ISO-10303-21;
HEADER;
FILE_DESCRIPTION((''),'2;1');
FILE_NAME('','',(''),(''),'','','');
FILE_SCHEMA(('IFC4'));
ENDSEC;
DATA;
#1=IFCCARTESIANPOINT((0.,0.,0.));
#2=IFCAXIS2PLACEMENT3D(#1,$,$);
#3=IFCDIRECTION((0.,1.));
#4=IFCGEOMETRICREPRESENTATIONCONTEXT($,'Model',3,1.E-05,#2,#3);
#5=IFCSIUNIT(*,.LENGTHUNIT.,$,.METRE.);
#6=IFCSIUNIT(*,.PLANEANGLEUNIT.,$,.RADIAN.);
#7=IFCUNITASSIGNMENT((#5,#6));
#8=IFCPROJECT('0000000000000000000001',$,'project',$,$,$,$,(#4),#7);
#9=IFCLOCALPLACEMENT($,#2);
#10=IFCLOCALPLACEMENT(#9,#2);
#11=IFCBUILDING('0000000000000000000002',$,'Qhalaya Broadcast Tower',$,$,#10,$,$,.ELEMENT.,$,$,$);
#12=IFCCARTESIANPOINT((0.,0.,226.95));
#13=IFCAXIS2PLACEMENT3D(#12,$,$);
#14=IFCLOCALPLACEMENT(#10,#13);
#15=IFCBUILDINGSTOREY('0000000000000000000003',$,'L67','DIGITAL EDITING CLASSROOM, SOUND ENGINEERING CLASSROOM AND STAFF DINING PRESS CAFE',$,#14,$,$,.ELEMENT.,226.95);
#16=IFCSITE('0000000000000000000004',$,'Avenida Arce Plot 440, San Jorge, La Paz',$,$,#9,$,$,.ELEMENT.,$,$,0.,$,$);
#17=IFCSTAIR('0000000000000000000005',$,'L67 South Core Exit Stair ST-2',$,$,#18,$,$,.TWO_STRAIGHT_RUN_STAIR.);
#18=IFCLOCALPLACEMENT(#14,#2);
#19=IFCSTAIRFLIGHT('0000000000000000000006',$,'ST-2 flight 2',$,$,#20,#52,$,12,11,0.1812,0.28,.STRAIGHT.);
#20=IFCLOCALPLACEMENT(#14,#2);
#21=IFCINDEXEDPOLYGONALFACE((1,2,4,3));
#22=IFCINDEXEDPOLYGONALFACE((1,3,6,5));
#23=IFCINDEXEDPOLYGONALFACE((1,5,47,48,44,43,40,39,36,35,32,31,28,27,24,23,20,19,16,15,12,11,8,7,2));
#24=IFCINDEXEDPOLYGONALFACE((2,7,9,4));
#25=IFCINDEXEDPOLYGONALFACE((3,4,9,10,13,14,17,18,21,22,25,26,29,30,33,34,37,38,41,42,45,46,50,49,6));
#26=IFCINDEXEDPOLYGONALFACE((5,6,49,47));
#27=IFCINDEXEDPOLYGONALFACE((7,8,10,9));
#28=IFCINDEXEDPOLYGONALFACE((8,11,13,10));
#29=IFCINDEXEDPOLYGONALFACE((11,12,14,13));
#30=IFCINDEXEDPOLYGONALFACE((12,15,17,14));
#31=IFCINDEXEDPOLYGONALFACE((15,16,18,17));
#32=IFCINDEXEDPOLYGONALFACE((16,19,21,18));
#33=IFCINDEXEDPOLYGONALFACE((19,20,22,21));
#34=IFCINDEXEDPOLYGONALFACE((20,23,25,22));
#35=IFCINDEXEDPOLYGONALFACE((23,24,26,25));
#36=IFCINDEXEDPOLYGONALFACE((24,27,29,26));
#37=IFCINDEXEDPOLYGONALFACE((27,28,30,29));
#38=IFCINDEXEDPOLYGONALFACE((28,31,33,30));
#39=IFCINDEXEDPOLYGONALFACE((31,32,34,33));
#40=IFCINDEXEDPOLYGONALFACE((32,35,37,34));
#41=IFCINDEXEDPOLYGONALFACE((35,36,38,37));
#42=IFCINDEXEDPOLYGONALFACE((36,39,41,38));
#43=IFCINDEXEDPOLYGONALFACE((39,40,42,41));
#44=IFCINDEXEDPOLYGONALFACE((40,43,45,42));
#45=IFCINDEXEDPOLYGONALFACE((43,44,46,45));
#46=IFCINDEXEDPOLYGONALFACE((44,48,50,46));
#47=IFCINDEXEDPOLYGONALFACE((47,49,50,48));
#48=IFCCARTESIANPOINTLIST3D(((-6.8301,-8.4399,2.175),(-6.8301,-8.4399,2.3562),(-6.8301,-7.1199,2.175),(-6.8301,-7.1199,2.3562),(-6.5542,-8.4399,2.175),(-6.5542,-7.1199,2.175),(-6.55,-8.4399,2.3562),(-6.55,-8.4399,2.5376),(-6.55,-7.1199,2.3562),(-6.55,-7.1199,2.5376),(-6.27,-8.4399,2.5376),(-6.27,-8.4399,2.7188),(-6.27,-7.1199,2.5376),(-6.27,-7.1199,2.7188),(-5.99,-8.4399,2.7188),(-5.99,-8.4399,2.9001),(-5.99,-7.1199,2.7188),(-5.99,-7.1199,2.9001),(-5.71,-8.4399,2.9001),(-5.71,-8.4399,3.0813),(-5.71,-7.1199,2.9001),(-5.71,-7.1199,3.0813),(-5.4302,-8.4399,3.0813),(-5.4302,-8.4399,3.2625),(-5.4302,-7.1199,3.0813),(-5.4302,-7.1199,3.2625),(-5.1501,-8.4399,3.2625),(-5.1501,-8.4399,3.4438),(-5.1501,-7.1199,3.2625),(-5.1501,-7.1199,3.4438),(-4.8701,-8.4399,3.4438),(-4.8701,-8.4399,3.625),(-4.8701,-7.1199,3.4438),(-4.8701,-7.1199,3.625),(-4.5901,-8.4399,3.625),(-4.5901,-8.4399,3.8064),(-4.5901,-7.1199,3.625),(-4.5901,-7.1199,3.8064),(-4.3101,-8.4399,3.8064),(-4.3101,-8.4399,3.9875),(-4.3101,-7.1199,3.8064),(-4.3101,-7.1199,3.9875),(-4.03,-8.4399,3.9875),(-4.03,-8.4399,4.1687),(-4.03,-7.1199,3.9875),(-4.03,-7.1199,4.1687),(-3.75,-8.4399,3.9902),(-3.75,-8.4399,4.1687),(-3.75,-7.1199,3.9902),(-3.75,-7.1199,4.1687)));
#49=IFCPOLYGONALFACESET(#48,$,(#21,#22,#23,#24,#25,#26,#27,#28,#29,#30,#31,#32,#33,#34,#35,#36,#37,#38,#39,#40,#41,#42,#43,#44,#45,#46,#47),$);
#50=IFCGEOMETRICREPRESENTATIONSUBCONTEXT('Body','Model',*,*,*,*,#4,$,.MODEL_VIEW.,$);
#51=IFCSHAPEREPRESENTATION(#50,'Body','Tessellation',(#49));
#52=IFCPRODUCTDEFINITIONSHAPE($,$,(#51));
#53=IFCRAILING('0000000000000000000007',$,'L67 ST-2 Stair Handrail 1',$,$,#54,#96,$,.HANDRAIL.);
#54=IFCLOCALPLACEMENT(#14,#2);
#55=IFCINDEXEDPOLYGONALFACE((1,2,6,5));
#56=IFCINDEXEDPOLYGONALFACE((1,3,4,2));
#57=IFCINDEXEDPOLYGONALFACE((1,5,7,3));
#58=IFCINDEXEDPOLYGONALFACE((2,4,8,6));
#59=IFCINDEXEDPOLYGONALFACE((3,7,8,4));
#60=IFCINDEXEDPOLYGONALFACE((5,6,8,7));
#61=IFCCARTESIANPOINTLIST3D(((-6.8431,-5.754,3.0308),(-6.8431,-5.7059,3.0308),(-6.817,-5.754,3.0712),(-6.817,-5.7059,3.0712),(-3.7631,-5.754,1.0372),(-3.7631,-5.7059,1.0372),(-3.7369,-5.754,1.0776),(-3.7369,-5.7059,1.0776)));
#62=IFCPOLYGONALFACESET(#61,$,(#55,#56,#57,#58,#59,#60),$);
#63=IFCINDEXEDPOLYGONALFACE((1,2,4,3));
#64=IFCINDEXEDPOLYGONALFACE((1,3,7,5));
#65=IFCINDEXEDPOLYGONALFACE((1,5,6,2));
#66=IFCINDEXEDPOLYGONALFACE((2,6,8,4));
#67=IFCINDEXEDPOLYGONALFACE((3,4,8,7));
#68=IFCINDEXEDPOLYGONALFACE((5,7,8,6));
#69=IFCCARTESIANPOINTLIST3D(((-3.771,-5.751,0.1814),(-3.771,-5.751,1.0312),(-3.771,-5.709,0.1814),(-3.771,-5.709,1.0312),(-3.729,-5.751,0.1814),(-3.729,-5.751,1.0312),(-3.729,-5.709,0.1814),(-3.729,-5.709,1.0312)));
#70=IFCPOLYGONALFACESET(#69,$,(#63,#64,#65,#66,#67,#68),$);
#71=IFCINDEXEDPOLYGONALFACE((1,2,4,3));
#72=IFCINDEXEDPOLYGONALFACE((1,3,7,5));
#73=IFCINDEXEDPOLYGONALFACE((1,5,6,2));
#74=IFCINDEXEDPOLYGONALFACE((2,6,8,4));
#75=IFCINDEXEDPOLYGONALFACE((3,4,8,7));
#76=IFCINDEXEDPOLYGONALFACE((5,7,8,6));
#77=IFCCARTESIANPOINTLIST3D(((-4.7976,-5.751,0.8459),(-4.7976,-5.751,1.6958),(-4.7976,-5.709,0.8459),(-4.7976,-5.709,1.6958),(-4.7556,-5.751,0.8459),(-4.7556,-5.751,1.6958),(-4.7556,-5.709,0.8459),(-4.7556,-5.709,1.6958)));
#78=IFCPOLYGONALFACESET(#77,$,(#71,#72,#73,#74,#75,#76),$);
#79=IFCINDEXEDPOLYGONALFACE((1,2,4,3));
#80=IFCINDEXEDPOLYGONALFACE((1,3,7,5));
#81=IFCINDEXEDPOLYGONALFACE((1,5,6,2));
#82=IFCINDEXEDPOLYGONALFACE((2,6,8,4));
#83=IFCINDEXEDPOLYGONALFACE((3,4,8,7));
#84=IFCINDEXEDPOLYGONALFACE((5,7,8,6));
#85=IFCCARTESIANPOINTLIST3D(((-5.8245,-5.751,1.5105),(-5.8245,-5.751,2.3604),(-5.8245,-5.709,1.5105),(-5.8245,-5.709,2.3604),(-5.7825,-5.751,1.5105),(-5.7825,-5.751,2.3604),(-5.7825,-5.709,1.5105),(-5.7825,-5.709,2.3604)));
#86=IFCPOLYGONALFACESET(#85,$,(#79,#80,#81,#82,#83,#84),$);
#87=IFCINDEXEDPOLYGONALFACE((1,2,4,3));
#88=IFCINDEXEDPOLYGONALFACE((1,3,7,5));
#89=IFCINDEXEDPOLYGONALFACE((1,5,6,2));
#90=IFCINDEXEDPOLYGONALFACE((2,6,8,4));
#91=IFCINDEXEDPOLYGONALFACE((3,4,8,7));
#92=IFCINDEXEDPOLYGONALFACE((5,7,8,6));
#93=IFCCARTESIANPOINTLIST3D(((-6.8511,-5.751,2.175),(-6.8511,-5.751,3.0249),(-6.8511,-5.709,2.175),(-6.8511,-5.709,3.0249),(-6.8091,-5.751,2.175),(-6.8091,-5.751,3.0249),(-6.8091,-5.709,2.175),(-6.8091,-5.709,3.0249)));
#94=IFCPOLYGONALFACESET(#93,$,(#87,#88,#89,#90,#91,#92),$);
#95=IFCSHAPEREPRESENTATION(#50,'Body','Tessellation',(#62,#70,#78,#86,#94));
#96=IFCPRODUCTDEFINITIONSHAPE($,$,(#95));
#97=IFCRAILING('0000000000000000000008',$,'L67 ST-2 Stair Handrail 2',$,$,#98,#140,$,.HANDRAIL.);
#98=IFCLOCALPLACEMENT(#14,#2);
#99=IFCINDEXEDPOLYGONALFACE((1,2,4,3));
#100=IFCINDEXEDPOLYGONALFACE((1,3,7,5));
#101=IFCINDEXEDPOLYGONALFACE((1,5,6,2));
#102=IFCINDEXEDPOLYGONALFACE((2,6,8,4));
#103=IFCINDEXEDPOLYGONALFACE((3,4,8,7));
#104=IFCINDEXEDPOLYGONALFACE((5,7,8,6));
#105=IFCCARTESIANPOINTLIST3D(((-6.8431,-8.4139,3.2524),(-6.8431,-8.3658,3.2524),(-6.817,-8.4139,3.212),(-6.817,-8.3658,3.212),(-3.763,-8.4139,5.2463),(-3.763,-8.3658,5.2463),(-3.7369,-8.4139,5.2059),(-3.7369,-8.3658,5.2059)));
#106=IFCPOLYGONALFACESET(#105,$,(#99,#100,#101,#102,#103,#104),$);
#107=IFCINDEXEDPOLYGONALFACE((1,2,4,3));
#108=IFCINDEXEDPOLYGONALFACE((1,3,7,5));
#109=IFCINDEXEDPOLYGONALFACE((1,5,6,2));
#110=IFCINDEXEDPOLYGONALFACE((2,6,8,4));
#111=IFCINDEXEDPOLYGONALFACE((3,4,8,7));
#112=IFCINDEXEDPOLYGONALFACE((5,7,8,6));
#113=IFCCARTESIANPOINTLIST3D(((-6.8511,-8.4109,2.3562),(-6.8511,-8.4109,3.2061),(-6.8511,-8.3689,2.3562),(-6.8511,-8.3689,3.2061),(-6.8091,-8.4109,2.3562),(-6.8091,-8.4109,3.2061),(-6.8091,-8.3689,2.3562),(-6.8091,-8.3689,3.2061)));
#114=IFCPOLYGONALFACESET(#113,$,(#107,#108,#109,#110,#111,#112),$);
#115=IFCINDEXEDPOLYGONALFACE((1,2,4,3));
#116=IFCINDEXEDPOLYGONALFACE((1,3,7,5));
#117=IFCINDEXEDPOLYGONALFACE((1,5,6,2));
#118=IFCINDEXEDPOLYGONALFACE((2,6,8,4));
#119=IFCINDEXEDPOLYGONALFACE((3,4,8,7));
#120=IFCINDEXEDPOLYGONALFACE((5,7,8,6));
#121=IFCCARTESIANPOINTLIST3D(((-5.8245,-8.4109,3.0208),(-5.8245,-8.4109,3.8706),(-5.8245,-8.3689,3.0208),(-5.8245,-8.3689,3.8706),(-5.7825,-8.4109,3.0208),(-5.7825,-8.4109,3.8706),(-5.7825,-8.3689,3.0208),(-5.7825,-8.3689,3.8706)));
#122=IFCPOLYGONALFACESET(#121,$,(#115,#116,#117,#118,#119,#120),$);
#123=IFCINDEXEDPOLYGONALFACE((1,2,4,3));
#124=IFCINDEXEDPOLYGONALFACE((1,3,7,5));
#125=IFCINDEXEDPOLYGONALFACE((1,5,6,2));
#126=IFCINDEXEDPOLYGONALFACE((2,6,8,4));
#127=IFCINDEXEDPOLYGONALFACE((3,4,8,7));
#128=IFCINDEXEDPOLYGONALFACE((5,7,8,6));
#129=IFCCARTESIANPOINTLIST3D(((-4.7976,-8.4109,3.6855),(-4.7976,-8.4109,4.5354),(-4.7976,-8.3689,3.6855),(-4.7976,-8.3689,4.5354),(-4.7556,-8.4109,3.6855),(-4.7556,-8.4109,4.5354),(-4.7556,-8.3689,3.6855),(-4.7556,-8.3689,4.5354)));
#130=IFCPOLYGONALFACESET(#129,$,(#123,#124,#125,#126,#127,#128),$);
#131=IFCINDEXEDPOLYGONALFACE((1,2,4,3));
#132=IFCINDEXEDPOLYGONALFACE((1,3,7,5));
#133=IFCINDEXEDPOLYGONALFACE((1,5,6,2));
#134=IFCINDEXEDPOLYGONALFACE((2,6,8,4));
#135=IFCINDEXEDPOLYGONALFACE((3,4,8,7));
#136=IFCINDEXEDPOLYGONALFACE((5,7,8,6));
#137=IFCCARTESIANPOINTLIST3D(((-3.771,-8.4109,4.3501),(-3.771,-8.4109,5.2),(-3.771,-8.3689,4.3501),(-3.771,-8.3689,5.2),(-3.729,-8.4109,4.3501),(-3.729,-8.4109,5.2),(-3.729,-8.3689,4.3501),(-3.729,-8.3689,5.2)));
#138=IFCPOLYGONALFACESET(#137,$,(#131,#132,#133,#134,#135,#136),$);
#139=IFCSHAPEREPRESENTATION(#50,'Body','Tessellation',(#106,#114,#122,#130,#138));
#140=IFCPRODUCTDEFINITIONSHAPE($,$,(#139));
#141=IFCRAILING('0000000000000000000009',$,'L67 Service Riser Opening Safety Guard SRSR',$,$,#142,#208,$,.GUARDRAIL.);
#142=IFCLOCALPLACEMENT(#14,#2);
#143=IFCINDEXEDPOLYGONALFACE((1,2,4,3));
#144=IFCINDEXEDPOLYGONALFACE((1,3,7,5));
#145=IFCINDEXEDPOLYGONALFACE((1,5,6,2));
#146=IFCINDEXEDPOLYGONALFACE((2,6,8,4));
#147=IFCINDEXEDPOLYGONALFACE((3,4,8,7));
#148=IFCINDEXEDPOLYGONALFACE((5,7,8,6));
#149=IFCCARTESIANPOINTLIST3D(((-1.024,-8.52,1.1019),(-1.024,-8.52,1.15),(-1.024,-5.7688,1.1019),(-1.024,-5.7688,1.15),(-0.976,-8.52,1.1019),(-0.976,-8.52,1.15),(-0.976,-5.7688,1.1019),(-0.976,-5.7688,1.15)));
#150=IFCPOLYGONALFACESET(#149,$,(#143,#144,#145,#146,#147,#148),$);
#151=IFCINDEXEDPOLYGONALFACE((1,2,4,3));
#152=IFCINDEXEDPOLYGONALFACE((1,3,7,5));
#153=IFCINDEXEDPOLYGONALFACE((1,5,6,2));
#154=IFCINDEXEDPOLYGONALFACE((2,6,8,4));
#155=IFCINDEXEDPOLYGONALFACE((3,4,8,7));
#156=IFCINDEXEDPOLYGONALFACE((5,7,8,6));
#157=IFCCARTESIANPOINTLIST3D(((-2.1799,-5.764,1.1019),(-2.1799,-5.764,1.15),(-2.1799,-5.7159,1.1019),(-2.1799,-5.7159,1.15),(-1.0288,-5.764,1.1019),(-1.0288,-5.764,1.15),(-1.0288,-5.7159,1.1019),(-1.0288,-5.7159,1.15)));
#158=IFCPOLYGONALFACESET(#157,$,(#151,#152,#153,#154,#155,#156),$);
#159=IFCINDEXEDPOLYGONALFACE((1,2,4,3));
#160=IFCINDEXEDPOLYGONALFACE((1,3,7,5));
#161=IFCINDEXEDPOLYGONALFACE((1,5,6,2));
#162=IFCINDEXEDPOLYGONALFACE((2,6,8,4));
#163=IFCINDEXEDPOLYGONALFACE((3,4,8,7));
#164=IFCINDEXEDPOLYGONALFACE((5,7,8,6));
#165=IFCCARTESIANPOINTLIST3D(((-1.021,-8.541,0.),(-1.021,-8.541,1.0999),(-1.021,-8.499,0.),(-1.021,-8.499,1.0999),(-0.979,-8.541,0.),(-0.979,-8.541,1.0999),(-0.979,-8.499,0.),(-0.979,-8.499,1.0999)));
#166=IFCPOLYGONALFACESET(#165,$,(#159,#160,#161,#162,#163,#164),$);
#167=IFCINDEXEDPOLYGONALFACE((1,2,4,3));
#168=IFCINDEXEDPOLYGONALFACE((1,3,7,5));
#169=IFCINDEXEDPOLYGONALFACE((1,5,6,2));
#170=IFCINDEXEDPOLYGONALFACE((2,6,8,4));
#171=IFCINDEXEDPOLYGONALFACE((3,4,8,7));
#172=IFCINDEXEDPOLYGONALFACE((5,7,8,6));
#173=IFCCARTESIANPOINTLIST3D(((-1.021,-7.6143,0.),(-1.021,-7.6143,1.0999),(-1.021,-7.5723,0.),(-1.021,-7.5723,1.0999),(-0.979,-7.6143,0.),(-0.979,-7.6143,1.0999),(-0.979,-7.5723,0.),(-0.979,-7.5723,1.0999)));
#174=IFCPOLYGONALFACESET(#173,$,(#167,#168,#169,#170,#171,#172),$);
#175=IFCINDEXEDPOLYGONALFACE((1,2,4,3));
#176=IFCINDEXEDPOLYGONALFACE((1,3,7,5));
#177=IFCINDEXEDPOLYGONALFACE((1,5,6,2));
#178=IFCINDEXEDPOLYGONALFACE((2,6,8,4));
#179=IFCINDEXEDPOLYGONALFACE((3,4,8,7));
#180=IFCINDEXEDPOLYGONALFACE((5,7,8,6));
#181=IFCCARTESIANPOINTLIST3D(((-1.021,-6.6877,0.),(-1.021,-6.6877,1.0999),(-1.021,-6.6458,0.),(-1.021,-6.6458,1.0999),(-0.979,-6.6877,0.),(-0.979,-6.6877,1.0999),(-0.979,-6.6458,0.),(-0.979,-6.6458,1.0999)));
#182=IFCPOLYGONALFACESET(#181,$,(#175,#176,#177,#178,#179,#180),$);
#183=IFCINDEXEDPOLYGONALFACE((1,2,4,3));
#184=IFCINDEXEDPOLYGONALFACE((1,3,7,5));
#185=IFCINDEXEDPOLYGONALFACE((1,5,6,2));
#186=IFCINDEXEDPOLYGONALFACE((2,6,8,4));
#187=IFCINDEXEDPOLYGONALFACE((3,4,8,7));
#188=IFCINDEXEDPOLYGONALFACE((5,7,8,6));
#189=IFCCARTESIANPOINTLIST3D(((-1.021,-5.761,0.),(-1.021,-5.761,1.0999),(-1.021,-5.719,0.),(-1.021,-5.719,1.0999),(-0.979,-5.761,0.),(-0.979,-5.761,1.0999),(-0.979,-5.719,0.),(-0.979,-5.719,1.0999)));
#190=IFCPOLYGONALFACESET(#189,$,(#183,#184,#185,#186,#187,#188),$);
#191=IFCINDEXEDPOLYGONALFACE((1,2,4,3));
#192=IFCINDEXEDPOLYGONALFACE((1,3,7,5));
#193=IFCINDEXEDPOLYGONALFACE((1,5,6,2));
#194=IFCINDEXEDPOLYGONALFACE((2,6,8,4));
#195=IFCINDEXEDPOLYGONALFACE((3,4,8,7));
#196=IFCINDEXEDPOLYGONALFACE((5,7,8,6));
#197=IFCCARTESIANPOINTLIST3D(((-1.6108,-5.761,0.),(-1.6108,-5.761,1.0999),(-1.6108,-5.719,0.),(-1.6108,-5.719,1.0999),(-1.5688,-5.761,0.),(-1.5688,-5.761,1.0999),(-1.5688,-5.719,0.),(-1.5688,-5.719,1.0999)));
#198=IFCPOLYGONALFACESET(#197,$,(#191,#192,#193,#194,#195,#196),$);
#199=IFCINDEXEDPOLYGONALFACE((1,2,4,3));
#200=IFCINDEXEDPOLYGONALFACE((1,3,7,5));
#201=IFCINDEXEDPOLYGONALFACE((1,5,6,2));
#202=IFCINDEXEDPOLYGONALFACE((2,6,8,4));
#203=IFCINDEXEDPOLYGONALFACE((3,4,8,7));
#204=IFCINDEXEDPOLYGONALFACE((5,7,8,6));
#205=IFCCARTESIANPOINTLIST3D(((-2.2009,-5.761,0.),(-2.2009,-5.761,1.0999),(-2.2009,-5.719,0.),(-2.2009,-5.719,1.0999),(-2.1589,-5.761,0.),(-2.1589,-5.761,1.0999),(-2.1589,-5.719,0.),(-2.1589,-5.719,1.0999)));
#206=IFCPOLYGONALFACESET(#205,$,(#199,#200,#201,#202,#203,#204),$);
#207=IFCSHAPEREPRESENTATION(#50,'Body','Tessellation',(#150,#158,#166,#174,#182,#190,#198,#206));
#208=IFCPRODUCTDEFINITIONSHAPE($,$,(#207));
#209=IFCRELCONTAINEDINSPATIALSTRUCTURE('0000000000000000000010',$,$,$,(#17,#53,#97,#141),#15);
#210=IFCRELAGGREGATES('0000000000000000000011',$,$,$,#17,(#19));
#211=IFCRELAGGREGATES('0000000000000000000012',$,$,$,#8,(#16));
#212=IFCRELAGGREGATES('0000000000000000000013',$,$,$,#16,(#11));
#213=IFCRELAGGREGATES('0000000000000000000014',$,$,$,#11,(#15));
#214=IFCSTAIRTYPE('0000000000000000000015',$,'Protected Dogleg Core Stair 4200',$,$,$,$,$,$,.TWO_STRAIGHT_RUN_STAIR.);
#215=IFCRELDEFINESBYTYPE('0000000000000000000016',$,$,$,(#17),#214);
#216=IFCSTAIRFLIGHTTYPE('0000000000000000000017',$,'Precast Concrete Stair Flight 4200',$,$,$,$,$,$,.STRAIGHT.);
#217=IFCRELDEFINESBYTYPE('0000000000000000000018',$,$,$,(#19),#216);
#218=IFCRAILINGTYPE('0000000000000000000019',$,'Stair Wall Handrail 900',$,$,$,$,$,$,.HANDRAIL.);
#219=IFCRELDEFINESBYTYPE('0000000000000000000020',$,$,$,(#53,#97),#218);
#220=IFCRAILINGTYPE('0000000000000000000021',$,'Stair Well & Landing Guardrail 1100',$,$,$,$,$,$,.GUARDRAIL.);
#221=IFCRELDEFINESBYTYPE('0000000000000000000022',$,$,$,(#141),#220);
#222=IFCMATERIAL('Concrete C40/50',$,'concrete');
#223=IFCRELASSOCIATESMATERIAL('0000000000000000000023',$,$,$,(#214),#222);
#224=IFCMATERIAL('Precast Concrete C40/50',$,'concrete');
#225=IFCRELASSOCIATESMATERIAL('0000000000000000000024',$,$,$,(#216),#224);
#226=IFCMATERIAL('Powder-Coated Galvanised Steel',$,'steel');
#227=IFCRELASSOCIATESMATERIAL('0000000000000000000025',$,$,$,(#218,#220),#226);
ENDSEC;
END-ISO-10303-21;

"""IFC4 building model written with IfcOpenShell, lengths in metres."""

from ifc_helpers import new_model, si_unit, direction, frame, origin, origin_2d, place, context, subcontext, project, spatial, polyline, rectangle, outline, extrude, material, type_object, element, aggregate, save


model = new_model("IFC4")

# Units and contexts
model_context = context("Model", 3, precision=1e-05, world=origin(), true_north=direction((0.0, 1.0)))
body_context = subcontext(model_context, "Body", "Model", "MODEL_VIEW")
ifc_project = project(units=[si_unit("LENGTHUNIT", "METRE"), si_unit("PLANEANGLEUNIT", "RADIAN")], contexts=[model_context])

# Site, building, storey
site_placement = place(None, origin())
site = spatial("IfcSite", under=ifc_project, at=site_placement, Name="Avenida Arce Plot 440, San Jorge, La Paz", CompositionType="ELEMENT", RefElevation=0.0)
building_placement = place(site_placement, origin())
building = spatial("IfcBuilding", under=site, at=building_placement, Name="Qhalaya Broadcast Tower", CompositionType="ELEMENT")
storey_placement = place(building_placement, frame((0.0, 0.0, 226.95)))
storey = spatial("IfcBuildingStorey", under=building, at=storey_placement, Name="L67", Description="DIGITAL EDITING CLASSROOM, SOUND ENGINEERING CLASSROOM AND STAFF DINING PRESS CAFE", CompositionType="ELEMENT", Elevation=226.95)

# Stair, stair flight
ifc_material_1 = material(Name="Concrete C40/50", Category="concrete")
stair_type = type_object("IfcStairType", Name="Protected Dogleg Core Stair 4200", PredefinedType="TWO_STRAIGHT_RUN_STAIR", material=ifc_material_1)
stair_placement = place(storey_placement, origin())
stair = element("IfcStair", 1, at=stair_placement, inside=storey, type_object=stair_type, Name="L67 South Core Exit Stair ST-2", PredefinedType="TWO_STRAIGHT_RUN_STAIR")
ifc_material_2 = material(Name="Precast Concrete C40/50", Category="concrete")
stair_flight_type = type_object("IfcStairFlightType", Name="Precast Concrete Stair Flight 4200", PredefinedType="STRAIGHT", material=ifc_material_2)
stair_flight_1_placement = place(storey_placement, frame((-6.8301, -7.78, 2.175), z_axis=(0.0, 0.0, 1.0), x_axis=(1.0, 0.0, 0.0)))
stair_flight_1 = element("IfcStairFlight", 2, at=stair_flight_1_placement, type_object=stair_flight_type, Name="ST-2 flight 2", NumberOfRisers=12, NumberOfTreads=11, PredefinedType="STRAIGHT", RiserHeight=0.1812, TreadLength=0.28, context=body_context, shape_type="SweptSolid", body=[
    extrude(outline(polyline([(0.0, 0.0), (0.0, 0.1812), (0.28, 0.1812), (0.28, 0.3625), (0.5601, 0.3625), (0.5601, 0.5437), (0.8401, 0.5437), (0.8401, 0.7251), (1.1201, 0.7251), (1.1201, 0.9062), (1.3999, 0.9062), (1.3999, 1.0874), (1.6799, 1.0874), (1.6799, 1.2688), (1.96, 1.2688), (1.96, 1.45), (2.24, 1.45), (2.24, 1.6313), (2.52, 1.6313), (2.52, 1.8125), (2.8, 1.8125), (2.8, 1.9937), (3.0801, 1.9937), (3.0801, 2.175), (3.0801, 1.8152), (0.2759, 0.0), (0.0, 0.0)])), frame((0.0, 0.6602, 0.0), z_axis=(0.0, -1.0, 0.0), x_axis=(1.0, 0.0, 0.0)), (0.0, 0.0, 1.0), 1.3201),
])
aggregate(stair, [stair_flight_1])

# Railings
ifc_material_3 = material(Name="Powder-Coated Galvanised Steel", Category="steel")
railing_type_1 = type_object("IfcRailingType", Name="Stair Wall Handrail 900", PredefinedType="HANDRAIL", material=ifc_material_3)
railing_1_placement = place(storey_placement, frame((-3.75, -5.73, 0.1814)))
element("IfcRailing", 3, at=railing_1_placement, inside=storey, type_object=railing_type_1, Name="L67 ST-2 Stair Handrail 1", PredefinedType="HANDRAIL", context=body_context, shape_type="SweptSolid", body=[
    extrude(rectangle(XDim=0.0481, YDim=0.0481, at=origin_2d()), frame((0.0, 0.0, 0.876), z_axis=(-0.839488, 0.0, 0.543378), x_axis=(0.0, -1.0, 0.0)), (0.0, 0.0, 1.0), 3.6689),
    extrude(rectangle(XDim=0.042, YDim=0.042, at=origin_2d()), origin(), (0.0, 0.0, 1.0), 0.8499),
    extrude(rectangle(XDim=0.042, YDim=0.042, at=origin_2d()), frame((-1.0266, 0.0, 0.6646)), (0.0, 0.0, 1.0), 0.8499),
    extrude(rectangle(XDim=0.042, YDim=0.042, at=origin_2d()), frame((-2.0535, 0.0, 1.3291)), (0.0, 0.0, 1.0), 0.8499),
    extrude(rectangle(XDim=0.042, YDim=0.042, at=origin_2d()), frame((-3.0801, 0.0, 1.9937)), (0.0, 0.0, 1.0), 0.8499),
])
railing_2_placement = place(storey_placement, frame((-6.8301, -8.3899, 2.3562)))
element("IfcRailing", 4, at=railing_2_placement, inside=storey, type_object=railing_type_1, Name="L67 ST-2 Stair Handrail 2", PredefinedType="HANDRAIL", context=body_context, shape_type="SweptSolid", body=[
    extrude(rectangle(XDim=0.0481, YDim=0.0481, at=origin_2d()), frame((0.0, 0.0, 0.876), z_axis=(0.839458, 0.0, 0.543425), x_axis=(0.0, 1.0, 0.0)), (0.0, 0.0, 1.0), 3.6692),
    extrude(rectangle(XDim=0.042, YDim=0.042, at=origin_2d()), origin(), (0.0, 0.0, 1.0), 0.8499),
    extrude(rectangle(XDim=0.042, YDim=0.042, at=origin_2d()), frame((1.0266, 0.0, 0.6646)), (0.0, 0.0, 1.0), 0.8499),
    extrude(rectangle(XDim=0.042, YDim=0.042, at=origin_2d()), frame((2.0535, 0.0, 1.3293)), (0.0, 0.0, 1.0), 0.8499),
    extrude(rectangle(XDim=0.042, YDim=0.042, at=origin_2d()), frame((3.0801, 0.0, 1.9939)), (0.0, 0.0, 1.0), 0.8499),
])
railing_type_2 = type_object("IfcRailingType", Name="Stair Well & Landing Guardrail 1100", PredefinedType="GUARDRAIL", material=ifc_material_3)
railing_3_placement = place(storey_placement, frame((-1.0, -8.52, 0.0)))
element("IfcRailing", 5, at=railing_3_placement, inside=storey, type_object=railing_type_2, Name="L67 Service Riser Opening Safety Guard SRSR", PredefinedType="GUARDRAIL", context=body_context, shape_type="SweptSolid", body=[
    extrude(rectangle(XDim=0.0481, YDim=0.0481, at=origin_2d()), frame((0.0, 0.0, 1.126), z_axis=(0.0, 1.0, 0.0), x_axis=(-1.0, 0.0, 0.0)), (0.0, 0.0, 1.0), 2.7512),
    extrude(rectangle(XDim=0.0481, YDim=0.0481, at=origin_2d()), frame((-0.0288, 2.78, 1.126), z_axis=(-1.0, 0.0, 0.0), x_axis=(0.0, -1.0, 0.0)), (0.0, 0.0, 1.0), 1.1511),
    extrude(rectangle(XDim=0.042, YDim=0.042, at=origin_2d()), origin(), (0.0, 0.0, 1.0), 1.0999),
    extrude(rectangle(XDim=0.042, YDim=0.042, at=origin_2d()), frame((0.0, 0.9268, 0.0)), (0.0, 0.0, 1.0), 1.0999),
    extrude(rectangle(XDim=0.042, YDim=0.042, at=origin_2d()), frame((0.0, 1.8533, 0.0)), (0.0, 0.0, 1.0), 1.0999),
    extrude(rectangle(XDim=0.042, YDim=0.042, at=origin_2d()), frame((0.0, 2.78, 0.0)), (0.0, 0.0, 1.0), 1.0999),
    extrude(rectangle(XDim=0.042, YDim=0.042, at=origin_2d()), frame((-0.5898, 2.78, 0.0)), (0.0, 0.0, 1.0), 1.0999),
    extrude(rectangle(XDim=0.042, YDim=0.042, at=origin_2d()), frame((-1.1799, 2.78, 0.0)), (0.0, 0.0, 1.0), 1.0999),
])

save(model, "model.ifc")
